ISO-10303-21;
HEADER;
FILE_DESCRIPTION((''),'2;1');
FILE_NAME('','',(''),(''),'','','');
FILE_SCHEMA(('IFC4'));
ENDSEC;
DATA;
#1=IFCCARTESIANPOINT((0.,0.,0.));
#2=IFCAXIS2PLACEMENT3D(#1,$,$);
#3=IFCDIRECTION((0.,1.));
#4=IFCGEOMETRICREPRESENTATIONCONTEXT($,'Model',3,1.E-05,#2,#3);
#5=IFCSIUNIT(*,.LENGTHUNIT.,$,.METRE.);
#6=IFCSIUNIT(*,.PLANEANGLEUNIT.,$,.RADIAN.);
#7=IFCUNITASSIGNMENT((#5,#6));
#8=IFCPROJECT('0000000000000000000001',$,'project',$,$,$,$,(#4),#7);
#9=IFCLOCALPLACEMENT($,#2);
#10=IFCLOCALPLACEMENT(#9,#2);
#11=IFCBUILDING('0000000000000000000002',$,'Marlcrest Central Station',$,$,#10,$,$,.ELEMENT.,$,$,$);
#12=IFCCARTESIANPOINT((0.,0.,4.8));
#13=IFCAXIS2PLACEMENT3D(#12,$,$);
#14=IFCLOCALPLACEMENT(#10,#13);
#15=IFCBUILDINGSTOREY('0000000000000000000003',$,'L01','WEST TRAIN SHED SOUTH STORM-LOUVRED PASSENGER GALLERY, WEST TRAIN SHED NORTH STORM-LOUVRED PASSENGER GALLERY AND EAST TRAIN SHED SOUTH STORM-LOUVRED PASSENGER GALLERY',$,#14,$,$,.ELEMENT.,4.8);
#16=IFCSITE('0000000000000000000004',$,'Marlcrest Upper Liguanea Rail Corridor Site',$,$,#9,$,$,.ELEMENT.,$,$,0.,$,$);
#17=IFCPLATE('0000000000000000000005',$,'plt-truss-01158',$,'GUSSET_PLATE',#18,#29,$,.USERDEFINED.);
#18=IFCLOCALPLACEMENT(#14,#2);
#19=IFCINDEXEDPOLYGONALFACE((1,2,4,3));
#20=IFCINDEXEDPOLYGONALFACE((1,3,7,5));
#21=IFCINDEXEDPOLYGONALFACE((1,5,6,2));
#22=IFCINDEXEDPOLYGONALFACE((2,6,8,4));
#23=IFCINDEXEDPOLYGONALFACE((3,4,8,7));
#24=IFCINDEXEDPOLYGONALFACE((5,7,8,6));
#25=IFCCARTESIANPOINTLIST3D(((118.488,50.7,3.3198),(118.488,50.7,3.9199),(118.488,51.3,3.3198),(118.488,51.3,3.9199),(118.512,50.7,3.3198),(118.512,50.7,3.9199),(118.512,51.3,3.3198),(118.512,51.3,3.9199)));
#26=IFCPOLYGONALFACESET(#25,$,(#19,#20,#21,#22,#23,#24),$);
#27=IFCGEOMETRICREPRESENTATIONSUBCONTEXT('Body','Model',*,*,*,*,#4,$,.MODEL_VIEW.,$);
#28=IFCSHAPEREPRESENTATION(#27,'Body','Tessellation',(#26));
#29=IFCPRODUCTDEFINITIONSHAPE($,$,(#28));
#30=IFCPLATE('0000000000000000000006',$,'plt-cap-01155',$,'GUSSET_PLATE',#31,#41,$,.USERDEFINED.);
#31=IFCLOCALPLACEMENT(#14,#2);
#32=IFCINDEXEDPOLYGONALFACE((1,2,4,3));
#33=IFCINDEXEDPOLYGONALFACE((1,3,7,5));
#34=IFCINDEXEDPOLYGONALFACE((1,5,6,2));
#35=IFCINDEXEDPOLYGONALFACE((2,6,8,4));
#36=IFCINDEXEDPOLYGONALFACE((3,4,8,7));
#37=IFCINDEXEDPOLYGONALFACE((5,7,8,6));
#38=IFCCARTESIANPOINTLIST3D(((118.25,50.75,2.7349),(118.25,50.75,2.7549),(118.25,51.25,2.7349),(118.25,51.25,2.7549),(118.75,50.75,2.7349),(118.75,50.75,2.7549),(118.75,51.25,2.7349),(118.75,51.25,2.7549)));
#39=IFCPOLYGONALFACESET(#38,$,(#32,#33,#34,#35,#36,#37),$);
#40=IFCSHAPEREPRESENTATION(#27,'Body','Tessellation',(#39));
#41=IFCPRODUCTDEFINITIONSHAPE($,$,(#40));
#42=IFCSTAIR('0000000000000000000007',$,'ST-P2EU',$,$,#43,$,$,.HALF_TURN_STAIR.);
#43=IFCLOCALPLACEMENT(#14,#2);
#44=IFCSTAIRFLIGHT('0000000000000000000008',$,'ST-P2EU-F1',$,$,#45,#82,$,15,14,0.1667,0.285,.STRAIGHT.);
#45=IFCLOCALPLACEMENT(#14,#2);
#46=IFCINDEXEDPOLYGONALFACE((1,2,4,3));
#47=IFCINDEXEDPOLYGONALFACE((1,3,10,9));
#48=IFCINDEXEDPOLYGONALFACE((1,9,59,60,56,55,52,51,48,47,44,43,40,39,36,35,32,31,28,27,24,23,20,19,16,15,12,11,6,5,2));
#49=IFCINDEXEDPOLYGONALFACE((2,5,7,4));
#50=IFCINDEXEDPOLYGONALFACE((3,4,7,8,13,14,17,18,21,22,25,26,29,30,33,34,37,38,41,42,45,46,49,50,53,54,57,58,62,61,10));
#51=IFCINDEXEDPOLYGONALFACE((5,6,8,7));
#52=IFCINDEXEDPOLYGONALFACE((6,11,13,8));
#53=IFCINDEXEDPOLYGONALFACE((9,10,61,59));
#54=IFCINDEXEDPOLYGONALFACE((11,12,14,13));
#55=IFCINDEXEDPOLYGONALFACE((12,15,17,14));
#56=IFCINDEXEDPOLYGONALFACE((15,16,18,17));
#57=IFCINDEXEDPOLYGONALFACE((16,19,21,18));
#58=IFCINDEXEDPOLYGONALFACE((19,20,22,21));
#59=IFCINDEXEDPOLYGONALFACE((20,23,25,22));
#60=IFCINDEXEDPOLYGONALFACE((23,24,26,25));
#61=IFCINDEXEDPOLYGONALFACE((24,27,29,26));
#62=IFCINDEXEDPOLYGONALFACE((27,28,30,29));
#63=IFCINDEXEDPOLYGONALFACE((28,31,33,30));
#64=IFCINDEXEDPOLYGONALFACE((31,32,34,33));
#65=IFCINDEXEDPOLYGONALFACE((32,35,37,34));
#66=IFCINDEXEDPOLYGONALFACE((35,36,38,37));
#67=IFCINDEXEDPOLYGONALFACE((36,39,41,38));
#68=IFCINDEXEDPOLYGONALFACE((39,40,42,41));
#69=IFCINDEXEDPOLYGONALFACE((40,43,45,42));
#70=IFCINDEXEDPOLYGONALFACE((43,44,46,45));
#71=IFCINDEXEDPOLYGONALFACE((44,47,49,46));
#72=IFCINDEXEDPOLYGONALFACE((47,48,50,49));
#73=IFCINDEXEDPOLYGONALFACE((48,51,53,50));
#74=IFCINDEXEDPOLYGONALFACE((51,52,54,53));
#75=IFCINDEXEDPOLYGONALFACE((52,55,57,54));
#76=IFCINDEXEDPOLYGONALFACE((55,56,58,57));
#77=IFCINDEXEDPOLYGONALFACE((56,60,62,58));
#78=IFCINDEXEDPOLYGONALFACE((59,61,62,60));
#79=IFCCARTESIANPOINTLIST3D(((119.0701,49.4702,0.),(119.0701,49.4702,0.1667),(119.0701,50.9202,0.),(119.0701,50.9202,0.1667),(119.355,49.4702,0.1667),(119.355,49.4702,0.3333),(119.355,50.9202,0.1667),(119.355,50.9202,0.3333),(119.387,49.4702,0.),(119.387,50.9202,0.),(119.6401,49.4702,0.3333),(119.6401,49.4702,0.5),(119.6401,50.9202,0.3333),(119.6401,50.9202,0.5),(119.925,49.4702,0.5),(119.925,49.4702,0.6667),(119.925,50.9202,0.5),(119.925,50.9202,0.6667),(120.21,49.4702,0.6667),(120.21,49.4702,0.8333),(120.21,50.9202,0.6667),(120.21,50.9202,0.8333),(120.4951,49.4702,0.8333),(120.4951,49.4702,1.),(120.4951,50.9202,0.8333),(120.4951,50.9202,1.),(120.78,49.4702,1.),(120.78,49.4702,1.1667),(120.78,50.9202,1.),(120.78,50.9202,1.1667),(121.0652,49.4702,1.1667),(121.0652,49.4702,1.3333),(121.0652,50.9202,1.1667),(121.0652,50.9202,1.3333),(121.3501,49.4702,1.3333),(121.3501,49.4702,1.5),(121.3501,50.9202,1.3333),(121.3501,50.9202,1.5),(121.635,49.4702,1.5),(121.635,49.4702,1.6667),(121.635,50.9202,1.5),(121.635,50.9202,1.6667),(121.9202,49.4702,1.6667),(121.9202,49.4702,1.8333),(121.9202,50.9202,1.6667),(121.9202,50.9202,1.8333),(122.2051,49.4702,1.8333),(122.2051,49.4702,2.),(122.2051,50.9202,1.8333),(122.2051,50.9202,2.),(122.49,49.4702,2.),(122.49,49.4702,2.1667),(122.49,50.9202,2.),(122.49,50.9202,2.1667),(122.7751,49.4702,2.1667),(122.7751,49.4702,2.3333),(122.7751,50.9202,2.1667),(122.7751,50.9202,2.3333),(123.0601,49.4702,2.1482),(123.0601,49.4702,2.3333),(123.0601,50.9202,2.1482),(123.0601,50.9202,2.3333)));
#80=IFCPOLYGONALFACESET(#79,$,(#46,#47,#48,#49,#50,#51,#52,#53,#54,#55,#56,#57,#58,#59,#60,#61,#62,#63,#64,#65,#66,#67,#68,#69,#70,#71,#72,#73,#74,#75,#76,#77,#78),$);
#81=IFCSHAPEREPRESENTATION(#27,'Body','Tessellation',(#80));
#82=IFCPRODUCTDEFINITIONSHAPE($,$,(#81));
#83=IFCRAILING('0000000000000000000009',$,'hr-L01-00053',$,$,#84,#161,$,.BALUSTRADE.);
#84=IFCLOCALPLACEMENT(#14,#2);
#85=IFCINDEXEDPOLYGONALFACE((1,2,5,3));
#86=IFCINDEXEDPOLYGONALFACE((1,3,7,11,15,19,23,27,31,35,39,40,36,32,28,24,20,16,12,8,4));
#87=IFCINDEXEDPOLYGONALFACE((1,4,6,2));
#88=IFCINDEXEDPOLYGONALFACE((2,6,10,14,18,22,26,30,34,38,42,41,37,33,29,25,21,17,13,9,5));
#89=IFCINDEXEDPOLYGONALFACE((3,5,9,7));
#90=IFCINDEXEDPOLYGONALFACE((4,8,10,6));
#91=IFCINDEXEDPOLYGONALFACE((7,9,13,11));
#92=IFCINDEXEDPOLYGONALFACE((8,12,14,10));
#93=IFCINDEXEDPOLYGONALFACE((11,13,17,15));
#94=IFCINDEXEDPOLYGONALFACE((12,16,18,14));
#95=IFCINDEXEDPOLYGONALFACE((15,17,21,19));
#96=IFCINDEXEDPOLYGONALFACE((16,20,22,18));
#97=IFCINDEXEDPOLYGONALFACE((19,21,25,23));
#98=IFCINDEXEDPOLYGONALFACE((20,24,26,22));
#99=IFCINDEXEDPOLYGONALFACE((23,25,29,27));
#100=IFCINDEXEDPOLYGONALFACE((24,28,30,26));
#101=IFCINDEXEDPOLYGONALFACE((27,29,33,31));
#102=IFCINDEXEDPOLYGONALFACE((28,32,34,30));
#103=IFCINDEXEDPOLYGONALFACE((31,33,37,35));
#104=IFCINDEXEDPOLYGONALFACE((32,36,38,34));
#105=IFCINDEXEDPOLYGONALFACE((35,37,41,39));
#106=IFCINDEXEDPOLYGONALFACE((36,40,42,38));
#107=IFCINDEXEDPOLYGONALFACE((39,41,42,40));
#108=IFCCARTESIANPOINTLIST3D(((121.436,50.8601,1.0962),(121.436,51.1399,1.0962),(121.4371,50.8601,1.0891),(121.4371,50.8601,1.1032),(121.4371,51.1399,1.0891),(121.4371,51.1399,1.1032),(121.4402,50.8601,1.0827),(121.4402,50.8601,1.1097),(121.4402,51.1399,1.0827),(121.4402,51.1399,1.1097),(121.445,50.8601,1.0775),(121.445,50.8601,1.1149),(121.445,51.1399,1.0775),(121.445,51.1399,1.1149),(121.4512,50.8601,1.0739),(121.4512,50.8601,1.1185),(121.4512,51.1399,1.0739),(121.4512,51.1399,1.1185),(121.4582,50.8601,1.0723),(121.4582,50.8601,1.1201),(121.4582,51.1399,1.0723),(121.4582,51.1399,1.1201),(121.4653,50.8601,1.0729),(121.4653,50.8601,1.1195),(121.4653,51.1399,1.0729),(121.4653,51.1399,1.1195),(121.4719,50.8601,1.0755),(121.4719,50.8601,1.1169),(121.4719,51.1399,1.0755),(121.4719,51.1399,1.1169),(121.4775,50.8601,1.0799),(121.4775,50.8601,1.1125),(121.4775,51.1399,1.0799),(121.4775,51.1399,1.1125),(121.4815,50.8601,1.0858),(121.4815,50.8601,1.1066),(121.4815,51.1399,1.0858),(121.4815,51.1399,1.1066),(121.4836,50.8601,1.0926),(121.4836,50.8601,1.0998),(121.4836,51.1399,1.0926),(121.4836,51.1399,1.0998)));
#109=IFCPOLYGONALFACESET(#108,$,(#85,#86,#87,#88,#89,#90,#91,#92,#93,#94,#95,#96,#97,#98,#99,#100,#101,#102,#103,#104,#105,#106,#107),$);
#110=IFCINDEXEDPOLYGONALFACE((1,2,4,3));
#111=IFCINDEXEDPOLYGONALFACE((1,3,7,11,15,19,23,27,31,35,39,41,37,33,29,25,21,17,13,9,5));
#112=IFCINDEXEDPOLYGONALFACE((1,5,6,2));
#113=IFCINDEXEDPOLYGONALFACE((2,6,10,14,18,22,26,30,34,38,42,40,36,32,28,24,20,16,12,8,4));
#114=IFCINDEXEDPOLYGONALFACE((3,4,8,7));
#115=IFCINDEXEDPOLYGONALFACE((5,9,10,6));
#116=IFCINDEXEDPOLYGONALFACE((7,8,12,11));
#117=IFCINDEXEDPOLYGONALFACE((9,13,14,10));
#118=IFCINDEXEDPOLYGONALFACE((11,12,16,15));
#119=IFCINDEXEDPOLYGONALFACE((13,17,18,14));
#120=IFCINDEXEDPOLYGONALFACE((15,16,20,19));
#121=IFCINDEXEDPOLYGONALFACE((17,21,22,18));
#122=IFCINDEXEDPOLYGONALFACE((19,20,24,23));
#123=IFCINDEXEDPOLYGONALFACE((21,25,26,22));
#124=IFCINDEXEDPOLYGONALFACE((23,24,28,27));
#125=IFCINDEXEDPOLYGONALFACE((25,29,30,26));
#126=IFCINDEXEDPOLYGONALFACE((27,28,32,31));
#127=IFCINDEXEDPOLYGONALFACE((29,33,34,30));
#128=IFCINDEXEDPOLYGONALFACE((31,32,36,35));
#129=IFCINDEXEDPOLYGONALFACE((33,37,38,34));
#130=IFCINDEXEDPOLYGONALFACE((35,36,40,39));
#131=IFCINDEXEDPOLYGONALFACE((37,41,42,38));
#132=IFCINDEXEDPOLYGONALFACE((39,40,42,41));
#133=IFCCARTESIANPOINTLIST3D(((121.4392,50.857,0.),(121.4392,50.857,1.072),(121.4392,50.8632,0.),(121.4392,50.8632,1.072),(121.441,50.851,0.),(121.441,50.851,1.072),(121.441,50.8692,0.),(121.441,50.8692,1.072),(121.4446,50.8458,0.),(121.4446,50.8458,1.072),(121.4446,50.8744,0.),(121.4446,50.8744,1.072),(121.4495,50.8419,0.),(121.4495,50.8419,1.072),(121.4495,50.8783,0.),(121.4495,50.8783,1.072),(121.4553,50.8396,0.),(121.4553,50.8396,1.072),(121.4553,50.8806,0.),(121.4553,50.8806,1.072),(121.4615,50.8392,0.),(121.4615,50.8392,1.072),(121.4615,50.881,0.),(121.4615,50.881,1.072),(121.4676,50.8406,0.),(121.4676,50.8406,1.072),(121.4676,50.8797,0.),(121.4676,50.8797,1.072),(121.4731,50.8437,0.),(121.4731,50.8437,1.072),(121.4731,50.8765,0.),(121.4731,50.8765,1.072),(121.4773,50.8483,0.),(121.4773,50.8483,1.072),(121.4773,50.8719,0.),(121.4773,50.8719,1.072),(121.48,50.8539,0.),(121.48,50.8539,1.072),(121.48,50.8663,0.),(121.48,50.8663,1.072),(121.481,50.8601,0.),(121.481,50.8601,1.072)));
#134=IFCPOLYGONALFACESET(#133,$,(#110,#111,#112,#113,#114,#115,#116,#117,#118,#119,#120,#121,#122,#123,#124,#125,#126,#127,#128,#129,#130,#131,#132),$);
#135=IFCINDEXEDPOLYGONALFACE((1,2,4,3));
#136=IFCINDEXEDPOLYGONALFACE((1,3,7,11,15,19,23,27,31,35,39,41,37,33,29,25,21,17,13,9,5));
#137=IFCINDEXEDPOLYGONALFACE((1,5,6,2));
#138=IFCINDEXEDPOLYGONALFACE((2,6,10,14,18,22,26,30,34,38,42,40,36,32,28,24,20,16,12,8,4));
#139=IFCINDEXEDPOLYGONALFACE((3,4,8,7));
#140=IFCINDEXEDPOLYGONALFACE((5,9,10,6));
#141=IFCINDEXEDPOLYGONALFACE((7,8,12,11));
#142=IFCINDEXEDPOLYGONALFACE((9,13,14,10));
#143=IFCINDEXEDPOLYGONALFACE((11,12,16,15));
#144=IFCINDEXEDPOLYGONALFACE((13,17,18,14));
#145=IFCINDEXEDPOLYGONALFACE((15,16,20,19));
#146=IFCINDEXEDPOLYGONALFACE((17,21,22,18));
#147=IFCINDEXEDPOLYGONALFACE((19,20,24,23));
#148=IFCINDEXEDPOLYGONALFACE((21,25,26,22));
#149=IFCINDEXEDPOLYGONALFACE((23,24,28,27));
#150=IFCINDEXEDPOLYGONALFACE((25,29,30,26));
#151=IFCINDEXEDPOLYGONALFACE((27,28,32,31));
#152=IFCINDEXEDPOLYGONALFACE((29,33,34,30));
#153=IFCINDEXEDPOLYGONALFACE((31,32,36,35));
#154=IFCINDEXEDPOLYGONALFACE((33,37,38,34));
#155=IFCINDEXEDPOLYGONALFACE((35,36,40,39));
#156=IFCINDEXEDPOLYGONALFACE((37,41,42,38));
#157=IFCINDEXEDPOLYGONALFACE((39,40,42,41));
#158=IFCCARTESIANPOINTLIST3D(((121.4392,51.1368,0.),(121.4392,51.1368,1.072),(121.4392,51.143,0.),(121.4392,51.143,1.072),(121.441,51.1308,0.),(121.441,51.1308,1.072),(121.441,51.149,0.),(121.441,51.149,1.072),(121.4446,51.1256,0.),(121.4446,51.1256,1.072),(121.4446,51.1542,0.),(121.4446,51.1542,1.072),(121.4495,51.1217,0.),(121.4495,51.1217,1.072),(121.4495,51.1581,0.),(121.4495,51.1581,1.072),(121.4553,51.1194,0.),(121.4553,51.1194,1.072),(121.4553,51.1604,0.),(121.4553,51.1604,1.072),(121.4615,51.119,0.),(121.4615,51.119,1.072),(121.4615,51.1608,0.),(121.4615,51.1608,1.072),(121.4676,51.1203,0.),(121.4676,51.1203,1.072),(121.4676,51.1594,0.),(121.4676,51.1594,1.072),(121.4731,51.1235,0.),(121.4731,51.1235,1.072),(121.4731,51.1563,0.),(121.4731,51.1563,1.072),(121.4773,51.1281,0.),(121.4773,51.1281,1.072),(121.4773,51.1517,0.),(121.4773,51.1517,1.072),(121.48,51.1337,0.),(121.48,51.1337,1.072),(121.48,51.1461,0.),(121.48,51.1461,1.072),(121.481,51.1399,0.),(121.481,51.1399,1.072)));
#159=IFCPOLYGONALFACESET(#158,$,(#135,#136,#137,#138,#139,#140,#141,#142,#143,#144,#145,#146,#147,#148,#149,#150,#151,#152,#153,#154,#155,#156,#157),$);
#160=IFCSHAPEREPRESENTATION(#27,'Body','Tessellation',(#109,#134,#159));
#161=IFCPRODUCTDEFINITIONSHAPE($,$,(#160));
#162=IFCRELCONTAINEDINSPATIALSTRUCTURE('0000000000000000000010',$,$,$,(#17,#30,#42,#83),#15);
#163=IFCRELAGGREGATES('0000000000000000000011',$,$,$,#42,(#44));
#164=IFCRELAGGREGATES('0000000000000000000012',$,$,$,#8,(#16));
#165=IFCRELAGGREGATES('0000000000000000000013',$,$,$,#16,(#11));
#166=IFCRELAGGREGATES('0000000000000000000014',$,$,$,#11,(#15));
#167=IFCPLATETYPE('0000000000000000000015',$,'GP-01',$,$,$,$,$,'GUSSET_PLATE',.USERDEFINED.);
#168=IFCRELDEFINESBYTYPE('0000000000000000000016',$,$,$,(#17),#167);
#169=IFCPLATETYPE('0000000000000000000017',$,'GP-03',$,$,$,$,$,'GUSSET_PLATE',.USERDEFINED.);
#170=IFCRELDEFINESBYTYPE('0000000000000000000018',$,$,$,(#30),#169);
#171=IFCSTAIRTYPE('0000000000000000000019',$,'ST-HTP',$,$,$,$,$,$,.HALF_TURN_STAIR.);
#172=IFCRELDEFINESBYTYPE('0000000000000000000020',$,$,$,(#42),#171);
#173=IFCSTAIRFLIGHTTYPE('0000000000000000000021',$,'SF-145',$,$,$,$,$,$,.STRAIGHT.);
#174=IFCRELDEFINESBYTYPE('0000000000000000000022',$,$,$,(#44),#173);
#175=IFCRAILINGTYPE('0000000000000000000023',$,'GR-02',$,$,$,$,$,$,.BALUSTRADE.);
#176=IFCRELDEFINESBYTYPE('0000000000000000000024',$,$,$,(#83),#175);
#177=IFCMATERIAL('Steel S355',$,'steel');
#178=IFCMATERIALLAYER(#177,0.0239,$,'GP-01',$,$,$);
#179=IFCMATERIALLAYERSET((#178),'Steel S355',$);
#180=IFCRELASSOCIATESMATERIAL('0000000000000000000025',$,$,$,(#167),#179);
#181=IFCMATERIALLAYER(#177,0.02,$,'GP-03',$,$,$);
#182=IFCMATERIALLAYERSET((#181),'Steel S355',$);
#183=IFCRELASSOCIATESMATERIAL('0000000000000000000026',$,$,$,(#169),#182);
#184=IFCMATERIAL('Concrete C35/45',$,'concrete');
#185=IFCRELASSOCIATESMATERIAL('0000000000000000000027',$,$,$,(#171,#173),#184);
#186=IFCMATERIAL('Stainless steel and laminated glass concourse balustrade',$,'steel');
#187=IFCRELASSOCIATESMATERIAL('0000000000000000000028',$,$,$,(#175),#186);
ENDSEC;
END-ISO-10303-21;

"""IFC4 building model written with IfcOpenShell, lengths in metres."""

from ifc_helpers import new_model, si_unit, direction, frame, origin, origin_2d, place, context, subcontext, project, spatial, polyline, rectangle, circle, outline, extrude, material, layer, layer_set, type_object, element, aggregate, save


model = new_model("IFC4")

# Units and contexts
model_context = context("Model", 3, precision=1e-05, world=origin(), true_north=direction((0.0, 1.0)))
body_context = subcontext(model_context, "Body", "Model", "MODEL_VIEW")
ifc_project = project(units=[si_unit("LENGTHUNIT", "METRE"), si_unit("PLANEANGLEUNIT", "RADIAN")], contexts=[model_context])

# Site, building, storey
site_placement = place(None, origin())
site = spatial("IfcSite", under=ifc_project, at=site_placement, Name="Marlcrest Upper Liguanea Rail Corridor Site", CompositionType="ELEMENT", RefElevation=0.0)
building_placement = place(site_placement, origin())
building = spatial("IfcBuilding", under=site, at=building_placement, Name="Marlcrest Central Station", CompositionType="ELEMENT")
storey_placement = place(building_placement, frame((0.0, 0.0, 4.8)))
storey = spatial("IfcBuildingStorey", under=building, at=storey_placement, Name="L01", Description="WEST TRAIN SHED SOUTH STORM-LOUVRED PASSENGER GALLERY, WEST TRAIN SHED NORTH STORM-LOUVRED PASSENGER GALLERY AND EAST TRAIN SHED SOUTH STORM-LOUVRED PASSENGER GALLERY", CompositionType="ELEMENT", Elevation=4.8)

# Shared definitions
ifc_material_1 = material(Name="Steel S355", Category="steel")

# Plates
ifc_layer_1 = layer(ifc_material_1, 0.0239, Name="GP-01")
ifc_layer_set_1 = layer_set([ifc_layer_1], Name="Steel S355")
plate_type_1 = type_object("IfcPlateType", Name="GP-01", ElementType="GUSSET_PLATE", PredefinedType="USERDEFINED", material=ifc_layer_set_1)
for number, where, z_axis, x_axis, name in (
    (1, (118.5, 51.0, 3.3198), (0.0, 0.0, 1.0), (1.0, 0.0, 0.0), "plt-truss-01158"),
):
    element("IfcPlate", number, at=place(storey_placement, frame(where, z_axis=z_axis, x_axis=x_axis)), inside=storey, type_object=plate_type_1, Name=name, ObjectType="GUSSET_PLATE", PredefinedType="USERDEFINED", context=body_context, shape_type="SweptSolid", body=[
        extrude(rectangle(XDim=0.0239, YDim=0.6001, at=origin_2d()), origin(), (0.0, 0.0, 1.0), 0.6001),
    ])
ifc_layer_2 = layer(ifc_material_1, 0.02, Name="GP-03")
ifc_layer_set_2 = layer_set([ifc_layer_2], Name="Steel S355")
plate_type_2 = type_object("IfcPlateType", Name="GP-03", ElementType="GUSSET_PLATE", PredefinedType="USERDEFINED", material=ifc_layer_set_2)
plate_placement = place(storey_placement, frame((118.5, 51.0, 2.7349), z_axis=(0.0, 0.0, 1.0), x_axis=(1.0, 0.0, 0.0)))
element("IfcPlate", 2, at=plate_placement, inside=storey, type_object=plate_type_2, Name="plt-cap-01155", ObjectType="GUSSET_PLATE", PredefinedType="USERDEFINED", context=body_context, shape_type="SweptSolid", body=[
    extrude(rectangle(XDim=0.5, YDim=0.5, at=origin_2d()), origin(), (0.0, 0.0, 1.0), 0.02),
])

# Stair, stair flight
ifc_material_2 = material(Name="Concrete C35/45", Category="concrete")
stair_type = type_object("IfcStairType", Name="ST-HTP", PredefinedType="HALF_TURN_STAIR", material=ifc_material_2)
stair_placement = place(storey_placement, origin())
stair = element("IfcStair", 3, at=stair_placement, inside=storey, type_object=stair_type, Name="ST-P2EU", PredefinedType="HALF_TURN_STAIR")
stair_flight_type = type_object("IfcStairFlightType", Name="SF-145", PredefinedType="STRAIGHT", material=ifc_material_2)
stair_flight_placement = place(storey_placement, frame((119.0701, 50.1951, 0.0), z_axis=(0.0, 0.0, 1.0), x_axis=(1.0, 0.0, 0.0)))
stair_flight = element("IfcStairFlight", 4, at=stair_flight_placement, type_object=stair_flight_type, Name="ST-P2EU-F1", NumberOfRisers=15, NumberOfTreads=14, PredefinedType="STRAIGHT", RiserHeight=0.1667, TreadLength=0.285, context=body_context, shape_type="SweptSolid", body=[
    extrude(outline(polyline([(0.0, 0.0), (0.0, 0.1667), (0.2849, 0.1667), (0.2849, 0.3333), (0.5701, 0.3333), (0.5701, 0.5), (0.855, 0.5), (0.855, 0.6667), (1.1399, 0.6667), (1.1399, 0.8333), (1.425, 0.8333), (1.425, 1.0), (1.71, 1.0), (1.71, 1.1667), (1.9951, 1.1667), (1.9951, 1.3333), (2.28, 1.3333), (2.28, 1.5), (2.5649, 1.5), (2.5649, 1.6667), (2.8501, 1.6667), (2.8501, 1.8333), (3.135, 1.8333), (3.135, 2.0), (3.4199, 2.0), (3.4199, 2.1667), (3.7051, 2.1667), (3.7051, 2.3333), (3.99, 2.3333), (3.99, 2.5), (3.99, 2.1482), (0.3169, 0.0), (0.0, 0.0)])), frame((0.0, 0.7251, 0.0), z_axis=(0.0, -1.0, 0.0), x_axis=(1.0, 0.0, 0.0)), (0.0, 0.0, 1.0), 1.45),
])
aggregate(stair, [stair_flight])

# Railing
ifc_material_3 = material(Name="Stainless steel and laminated glass concourse balustrade", Category="steel")
railing_type_1 = type_object("IfcRailingType", Name="GR-02", PredefinedType="BALUSTRADE", material=ifc_material_3)
railing_1_placement = place(storey_placement, frame((121.46, 50.8601, 0.0)))
element("IfcRailing", 5, at=railing_1_placement, inside=storey, type_object=railing_type_1, Name="hr-L01-00053", PredefinedType="BALUSTRADE", context=body_context, shape_type="SweptSolid", body=[
    extrude(circle(Radius=0.0239, at=origin_2d()), frame((0.0, 0.0, 1.0962), z_axis=(0.0, 1.0, 0.0), x_axis=(-1.0, 0.0, 0.0)), (0.0, 0.0, 1.0), 0.2798),
    extrude(circle(Radius=0.021, at=origin_2d()), origin(), (0.0, 0.0, 1.0), 1.072),
    extrude(circle(Radius=0.021, at=origin_2d()), frame((0.0, 0.2798, 0.0)), (0.0, 0.0, 1.0), 1.072),
])

save(model, "model.ifc")
